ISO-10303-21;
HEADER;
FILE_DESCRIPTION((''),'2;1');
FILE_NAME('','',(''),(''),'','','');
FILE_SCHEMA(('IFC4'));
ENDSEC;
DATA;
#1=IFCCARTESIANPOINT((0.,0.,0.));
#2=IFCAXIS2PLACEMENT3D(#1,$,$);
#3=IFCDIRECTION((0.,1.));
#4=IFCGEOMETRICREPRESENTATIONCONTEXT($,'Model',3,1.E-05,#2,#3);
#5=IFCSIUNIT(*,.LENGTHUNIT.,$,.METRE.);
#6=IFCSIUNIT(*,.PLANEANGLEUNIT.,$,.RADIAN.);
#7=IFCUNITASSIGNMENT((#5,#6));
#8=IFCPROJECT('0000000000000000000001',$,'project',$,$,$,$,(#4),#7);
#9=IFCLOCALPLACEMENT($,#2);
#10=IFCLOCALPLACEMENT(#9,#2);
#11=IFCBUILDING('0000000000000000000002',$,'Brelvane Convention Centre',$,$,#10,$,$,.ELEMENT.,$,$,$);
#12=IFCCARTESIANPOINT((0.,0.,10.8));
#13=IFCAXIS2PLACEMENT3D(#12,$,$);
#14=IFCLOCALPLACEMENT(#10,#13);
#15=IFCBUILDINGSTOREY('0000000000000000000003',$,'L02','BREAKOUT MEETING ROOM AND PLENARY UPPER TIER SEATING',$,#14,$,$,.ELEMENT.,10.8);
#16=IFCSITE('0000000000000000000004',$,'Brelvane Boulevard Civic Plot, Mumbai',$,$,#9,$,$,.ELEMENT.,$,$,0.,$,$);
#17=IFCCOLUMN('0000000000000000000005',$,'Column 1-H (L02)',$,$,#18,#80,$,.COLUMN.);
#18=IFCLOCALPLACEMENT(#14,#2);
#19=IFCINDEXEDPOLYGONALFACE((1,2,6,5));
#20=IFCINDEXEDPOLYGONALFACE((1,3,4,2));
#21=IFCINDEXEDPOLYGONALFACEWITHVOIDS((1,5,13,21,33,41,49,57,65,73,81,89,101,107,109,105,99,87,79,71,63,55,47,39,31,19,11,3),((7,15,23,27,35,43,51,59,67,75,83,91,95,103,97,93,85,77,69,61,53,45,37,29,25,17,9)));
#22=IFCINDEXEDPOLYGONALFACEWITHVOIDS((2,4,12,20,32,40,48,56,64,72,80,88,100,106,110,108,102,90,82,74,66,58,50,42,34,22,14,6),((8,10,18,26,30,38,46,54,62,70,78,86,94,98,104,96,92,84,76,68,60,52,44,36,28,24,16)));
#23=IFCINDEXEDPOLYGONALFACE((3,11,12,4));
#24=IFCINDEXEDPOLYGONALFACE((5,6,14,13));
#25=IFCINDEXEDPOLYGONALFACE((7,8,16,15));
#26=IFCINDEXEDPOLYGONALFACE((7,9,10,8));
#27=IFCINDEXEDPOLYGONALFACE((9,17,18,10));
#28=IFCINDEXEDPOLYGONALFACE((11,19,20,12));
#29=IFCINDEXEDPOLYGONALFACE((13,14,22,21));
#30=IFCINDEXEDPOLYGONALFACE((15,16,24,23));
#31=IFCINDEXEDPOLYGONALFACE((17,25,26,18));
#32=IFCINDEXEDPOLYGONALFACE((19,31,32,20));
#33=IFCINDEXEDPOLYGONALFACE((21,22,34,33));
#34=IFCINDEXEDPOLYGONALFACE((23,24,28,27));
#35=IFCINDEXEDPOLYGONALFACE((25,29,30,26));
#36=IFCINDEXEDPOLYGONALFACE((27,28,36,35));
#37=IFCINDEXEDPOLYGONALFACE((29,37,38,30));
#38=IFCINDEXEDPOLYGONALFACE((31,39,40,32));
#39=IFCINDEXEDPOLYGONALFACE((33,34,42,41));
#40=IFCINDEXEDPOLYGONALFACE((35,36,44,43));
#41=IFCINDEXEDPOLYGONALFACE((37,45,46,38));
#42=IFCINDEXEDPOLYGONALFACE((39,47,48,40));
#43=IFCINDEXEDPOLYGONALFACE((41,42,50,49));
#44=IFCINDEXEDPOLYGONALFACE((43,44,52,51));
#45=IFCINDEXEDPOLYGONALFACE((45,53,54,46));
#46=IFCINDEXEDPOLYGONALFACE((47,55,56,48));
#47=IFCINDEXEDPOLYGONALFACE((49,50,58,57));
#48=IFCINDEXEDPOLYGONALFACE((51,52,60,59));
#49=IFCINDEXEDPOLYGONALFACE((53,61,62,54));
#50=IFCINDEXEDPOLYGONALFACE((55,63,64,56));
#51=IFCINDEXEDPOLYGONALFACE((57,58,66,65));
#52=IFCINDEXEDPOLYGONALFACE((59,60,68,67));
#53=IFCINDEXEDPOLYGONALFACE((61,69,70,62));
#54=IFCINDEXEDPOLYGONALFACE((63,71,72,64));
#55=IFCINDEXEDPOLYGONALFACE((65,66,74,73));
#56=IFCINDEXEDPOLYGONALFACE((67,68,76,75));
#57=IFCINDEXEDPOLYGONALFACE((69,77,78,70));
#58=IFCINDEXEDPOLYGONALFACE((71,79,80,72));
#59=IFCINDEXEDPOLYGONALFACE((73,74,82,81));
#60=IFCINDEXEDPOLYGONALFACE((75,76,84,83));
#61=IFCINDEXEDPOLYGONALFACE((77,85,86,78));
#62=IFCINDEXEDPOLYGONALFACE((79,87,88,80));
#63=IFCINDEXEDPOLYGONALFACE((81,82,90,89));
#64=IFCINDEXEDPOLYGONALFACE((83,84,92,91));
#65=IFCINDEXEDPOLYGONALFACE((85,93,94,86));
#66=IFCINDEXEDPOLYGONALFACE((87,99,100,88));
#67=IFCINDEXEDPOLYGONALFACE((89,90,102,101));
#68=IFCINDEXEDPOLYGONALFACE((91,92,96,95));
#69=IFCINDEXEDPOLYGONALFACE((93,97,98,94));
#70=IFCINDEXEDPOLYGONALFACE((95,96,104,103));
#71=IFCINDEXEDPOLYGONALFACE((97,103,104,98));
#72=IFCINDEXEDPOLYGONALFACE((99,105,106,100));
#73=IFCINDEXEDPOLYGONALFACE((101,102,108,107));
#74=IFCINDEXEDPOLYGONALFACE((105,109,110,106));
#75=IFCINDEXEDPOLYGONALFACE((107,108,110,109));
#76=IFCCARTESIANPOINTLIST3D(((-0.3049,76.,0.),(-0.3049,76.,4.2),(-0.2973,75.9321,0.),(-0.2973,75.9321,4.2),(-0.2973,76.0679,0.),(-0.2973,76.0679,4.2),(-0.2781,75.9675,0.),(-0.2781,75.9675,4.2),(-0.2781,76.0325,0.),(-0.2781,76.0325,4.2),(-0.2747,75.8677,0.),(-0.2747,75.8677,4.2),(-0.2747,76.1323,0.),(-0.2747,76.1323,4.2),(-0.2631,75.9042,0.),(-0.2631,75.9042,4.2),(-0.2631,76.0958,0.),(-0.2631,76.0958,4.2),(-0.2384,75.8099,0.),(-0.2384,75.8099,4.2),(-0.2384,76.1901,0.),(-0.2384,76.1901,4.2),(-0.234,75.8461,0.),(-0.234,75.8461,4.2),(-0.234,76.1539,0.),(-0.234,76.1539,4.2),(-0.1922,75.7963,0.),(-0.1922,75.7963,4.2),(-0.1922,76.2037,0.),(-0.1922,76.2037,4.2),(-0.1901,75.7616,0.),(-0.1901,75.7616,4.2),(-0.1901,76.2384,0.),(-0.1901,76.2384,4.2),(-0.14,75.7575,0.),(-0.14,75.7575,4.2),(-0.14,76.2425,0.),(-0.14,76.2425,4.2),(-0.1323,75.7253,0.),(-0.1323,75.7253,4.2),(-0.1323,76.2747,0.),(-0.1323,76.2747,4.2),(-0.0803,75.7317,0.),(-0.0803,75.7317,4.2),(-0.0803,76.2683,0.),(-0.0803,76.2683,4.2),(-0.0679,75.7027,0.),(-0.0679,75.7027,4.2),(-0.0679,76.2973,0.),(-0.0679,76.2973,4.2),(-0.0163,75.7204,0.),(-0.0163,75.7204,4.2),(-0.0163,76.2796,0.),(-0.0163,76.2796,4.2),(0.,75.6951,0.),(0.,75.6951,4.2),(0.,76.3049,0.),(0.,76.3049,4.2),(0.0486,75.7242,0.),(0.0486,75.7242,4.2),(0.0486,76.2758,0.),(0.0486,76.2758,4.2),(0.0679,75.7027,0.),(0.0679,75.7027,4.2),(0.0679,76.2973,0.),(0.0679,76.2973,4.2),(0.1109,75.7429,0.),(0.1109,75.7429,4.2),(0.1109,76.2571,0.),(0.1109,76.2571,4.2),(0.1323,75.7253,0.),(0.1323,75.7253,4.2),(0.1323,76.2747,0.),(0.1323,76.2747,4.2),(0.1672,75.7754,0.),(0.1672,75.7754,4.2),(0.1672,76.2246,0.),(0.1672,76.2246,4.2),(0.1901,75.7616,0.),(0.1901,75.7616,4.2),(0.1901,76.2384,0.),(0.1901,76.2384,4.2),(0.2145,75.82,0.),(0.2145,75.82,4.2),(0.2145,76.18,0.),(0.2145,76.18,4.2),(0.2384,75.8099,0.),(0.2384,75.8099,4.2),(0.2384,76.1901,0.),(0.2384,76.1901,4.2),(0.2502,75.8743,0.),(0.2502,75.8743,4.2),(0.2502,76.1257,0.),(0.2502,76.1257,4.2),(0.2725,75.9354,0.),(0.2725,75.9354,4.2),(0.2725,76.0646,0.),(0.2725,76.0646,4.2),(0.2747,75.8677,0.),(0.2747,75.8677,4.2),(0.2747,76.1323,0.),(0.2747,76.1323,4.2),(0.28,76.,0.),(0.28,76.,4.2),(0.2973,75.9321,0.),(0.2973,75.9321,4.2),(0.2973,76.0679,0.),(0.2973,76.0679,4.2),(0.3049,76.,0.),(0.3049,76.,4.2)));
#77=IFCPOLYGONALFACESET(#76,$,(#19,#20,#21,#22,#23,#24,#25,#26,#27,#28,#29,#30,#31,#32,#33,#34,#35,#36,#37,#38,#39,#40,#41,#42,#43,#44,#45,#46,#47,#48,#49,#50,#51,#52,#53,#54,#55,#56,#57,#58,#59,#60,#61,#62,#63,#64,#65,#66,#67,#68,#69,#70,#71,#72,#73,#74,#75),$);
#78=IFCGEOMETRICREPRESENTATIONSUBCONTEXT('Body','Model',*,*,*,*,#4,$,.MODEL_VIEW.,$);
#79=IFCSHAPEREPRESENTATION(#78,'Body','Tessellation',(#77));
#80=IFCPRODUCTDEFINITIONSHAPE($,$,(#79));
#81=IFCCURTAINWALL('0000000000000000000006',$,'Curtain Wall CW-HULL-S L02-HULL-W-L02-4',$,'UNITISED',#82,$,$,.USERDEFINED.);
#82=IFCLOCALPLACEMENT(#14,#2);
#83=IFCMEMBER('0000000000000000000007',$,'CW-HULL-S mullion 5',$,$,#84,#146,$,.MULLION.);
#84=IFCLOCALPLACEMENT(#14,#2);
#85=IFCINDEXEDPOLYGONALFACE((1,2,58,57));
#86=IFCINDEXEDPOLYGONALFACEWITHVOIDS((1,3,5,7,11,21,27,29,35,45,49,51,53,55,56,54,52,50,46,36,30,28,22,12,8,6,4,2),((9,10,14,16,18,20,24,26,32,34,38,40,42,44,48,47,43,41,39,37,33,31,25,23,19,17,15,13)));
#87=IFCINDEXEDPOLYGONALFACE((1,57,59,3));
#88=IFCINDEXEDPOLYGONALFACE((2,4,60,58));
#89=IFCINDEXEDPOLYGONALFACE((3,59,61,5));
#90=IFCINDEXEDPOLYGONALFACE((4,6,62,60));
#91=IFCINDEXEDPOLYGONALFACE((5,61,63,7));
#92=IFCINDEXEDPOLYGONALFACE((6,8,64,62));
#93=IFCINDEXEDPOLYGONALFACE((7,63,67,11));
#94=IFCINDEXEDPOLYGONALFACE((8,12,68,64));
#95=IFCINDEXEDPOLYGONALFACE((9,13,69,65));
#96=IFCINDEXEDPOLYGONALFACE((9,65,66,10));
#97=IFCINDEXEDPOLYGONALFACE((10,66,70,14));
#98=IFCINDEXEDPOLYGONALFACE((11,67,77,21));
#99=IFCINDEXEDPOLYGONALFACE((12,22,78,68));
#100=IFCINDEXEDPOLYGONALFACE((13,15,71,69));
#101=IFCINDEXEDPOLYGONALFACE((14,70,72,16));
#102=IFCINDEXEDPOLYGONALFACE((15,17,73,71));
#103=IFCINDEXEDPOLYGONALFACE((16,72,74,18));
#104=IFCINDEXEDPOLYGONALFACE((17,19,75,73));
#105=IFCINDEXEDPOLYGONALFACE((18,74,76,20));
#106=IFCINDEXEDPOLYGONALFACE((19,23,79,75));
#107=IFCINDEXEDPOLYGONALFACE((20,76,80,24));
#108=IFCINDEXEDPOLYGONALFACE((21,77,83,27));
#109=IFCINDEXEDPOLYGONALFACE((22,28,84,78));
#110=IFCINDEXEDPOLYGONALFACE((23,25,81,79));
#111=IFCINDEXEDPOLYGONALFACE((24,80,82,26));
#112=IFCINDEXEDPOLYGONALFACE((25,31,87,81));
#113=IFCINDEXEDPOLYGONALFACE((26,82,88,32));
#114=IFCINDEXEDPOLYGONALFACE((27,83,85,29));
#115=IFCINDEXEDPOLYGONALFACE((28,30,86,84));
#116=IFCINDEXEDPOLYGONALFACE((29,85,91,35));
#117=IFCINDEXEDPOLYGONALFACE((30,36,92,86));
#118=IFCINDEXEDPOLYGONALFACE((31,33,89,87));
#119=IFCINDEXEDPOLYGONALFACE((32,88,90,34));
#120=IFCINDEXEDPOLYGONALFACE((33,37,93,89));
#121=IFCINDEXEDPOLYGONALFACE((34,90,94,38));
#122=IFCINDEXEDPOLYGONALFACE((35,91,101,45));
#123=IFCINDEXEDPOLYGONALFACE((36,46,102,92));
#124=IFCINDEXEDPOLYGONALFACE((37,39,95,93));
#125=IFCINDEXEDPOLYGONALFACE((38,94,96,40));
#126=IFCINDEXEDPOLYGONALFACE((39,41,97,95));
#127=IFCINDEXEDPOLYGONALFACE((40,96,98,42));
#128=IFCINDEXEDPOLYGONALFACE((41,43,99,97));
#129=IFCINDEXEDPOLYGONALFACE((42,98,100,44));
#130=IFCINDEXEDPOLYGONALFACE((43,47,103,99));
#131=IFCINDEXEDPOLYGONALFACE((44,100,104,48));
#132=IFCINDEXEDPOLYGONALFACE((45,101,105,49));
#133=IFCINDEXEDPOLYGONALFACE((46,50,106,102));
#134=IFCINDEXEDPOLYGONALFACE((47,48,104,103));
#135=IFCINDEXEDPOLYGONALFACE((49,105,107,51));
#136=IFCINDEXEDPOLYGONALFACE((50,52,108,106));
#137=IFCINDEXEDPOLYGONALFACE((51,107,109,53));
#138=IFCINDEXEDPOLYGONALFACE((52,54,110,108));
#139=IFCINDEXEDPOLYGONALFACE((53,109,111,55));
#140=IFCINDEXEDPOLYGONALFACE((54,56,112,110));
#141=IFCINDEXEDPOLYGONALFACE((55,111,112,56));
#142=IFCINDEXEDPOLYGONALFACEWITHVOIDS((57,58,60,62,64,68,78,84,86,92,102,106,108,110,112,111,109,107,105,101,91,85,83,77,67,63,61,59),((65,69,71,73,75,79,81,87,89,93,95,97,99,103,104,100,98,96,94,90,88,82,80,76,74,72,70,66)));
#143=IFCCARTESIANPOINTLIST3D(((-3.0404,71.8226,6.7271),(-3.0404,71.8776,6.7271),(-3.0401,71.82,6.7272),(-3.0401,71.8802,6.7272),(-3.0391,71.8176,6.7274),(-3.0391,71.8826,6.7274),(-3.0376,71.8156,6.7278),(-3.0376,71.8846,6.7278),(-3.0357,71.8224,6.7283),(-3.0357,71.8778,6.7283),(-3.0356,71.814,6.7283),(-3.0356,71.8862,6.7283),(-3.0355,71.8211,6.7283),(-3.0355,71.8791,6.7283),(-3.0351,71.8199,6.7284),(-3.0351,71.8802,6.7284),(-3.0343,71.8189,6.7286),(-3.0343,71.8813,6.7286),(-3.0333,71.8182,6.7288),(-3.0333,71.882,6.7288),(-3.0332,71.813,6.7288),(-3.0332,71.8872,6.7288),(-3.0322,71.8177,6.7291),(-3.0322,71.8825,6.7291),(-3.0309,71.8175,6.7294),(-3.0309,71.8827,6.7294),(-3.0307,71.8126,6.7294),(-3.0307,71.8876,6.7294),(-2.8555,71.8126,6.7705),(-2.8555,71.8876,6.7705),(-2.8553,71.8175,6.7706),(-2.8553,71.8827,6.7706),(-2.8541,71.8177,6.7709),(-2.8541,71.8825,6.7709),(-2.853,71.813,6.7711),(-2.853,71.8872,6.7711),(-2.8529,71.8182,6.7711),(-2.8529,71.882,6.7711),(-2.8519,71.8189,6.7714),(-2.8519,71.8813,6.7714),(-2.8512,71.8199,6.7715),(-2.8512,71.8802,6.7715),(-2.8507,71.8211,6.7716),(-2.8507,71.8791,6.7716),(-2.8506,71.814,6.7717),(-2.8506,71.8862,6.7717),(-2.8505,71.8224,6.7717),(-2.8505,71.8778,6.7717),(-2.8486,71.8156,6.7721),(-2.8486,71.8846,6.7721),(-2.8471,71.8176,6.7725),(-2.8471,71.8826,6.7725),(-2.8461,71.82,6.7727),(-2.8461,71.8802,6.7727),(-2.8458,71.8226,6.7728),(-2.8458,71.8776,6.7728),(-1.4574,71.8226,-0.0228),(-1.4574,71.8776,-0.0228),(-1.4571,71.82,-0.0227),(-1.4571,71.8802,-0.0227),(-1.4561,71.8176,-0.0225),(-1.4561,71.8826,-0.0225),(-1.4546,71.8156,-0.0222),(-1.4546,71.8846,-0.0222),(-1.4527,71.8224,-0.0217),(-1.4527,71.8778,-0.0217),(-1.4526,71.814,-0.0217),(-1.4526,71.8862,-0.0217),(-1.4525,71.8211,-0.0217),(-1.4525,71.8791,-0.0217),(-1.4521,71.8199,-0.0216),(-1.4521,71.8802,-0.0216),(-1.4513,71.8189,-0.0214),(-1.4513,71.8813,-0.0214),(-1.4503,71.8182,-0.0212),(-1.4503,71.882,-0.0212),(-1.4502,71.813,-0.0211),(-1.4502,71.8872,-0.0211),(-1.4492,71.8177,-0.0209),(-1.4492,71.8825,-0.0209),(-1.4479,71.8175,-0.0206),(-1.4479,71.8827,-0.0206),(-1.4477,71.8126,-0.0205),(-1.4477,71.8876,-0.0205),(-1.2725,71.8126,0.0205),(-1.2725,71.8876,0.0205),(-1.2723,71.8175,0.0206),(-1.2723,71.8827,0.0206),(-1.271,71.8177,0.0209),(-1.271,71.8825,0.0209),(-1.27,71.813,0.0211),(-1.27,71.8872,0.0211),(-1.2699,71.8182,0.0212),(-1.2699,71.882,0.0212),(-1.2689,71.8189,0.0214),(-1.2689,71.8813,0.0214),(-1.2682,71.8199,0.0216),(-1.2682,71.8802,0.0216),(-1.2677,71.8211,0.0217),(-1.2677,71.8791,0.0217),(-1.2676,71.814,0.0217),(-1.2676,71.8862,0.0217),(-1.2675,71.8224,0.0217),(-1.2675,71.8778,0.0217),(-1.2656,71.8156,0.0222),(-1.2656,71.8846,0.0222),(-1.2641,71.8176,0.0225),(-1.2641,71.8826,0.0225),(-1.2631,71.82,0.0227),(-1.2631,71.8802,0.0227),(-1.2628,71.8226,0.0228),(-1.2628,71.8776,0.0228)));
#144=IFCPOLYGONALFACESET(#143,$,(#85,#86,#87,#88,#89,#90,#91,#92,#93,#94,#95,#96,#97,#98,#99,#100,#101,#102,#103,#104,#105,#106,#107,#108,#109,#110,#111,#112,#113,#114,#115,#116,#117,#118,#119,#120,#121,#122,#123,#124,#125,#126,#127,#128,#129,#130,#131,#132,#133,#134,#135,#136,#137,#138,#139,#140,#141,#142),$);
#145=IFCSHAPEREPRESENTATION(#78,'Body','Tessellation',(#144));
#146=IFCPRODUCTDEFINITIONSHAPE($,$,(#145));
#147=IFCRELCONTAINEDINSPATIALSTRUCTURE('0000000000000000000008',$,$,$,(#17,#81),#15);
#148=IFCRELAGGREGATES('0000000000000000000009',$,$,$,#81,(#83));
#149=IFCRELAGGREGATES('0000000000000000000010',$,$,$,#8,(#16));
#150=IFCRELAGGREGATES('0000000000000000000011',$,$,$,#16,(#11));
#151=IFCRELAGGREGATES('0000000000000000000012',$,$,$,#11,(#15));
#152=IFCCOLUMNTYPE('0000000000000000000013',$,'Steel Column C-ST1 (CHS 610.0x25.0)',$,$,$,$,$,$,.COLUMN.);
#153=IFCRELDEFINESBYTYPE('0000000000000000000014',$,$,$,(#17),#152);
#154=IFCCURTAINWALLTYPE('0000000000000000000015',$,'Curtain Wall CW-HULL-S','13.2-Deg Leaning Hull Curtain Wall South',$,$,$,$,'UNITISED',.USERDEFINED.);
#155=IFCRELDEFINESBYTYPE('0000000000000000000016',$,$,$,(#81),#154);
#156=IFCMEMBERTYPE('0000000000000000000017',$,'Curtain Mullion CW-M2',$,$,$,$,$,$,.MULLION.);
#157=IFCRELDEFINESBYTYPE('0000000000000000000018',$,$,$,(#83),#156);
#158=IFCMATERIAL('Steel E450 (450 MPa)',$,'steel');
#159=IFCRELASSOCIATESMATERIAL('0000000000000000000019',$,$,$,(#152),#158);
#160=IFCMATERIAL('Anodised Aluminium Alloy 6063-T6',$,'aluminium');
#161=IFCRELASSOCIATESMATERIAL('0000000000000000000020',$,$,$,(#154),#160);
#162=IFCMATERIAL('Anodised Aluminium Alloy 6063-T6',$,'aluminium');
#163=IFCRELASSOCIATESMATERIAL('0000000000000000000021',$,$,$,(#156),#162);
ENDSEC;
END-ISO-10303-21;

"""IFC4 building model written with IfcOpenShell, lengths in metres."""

from ifc_helpers import new_model, si_unit, direction, frame, origin, origin_2d, place, context, subcontext, project, spatial, hollow_rectangle, hollow_circle, extrude, material, material_profile, profile_set, type_object, element, aggregate, save


model = new_model("IFC4")

# Units and contexts
model_context = context("Model", 3, precision=1e-05, world=origin(), true_north=direction((0.0, 1.0)))
body_context = subcontext(model_context, "Body", "Model", "MODEL_VIEW")
ifc_project = project(units=[si_unit("LENGTHUNIT", "METRE"), si_unit("PLANEANGLEUNIT", "RADIAN")], contexts=[model_context])

# Site, building, storey
site_placement = place(None, origin())
site = spatial("IfcSite", under=ifc_project, at=site_placement, Name="Brelvane Boulevard Civic Plot, Mumbai", CompositionType="ELEMENT", RefElevation=0.0)
building_placement = place(site_placement, origin())
building = spatial("IfcBuilding", under=site, at=building_placement, Name="Brelvane Convention Centre", CompositionType="ELEMENT")
storey_placement = place(building_placement, frame((0.0, 0.0, 10.8)))
storey = spatial("IfcBuildingStorey", under=building, at=storey_placement, Name="L02", Description="BREAKOUT MEETING ROOM AND PLENARY UPPER TIER SEATING", CompositionType="ELEMENT", Elevation=10.8)

# Column
ifc_material_1 = material(Name="Steel E450 (450 MPa)", Category="steel")
ifc_material_profile_1 = material_profile(ifc_material_1, hollow_circle(Radius=0.3049, WallThickness=0.0249, at=origin_2d()), Name="CHS 610.0x25.0")
ifc_profile_set_1 = profile_set([ifc_material_profile_1], Name="Steel E450 (450 MPa)")
column_type = type_object("IfcColumnType", Name="Steel Column C-ST1 (CHS 610.0x25.0)", PredefinedType="COLUMN", material=ifc_profile_set_1)
column_placement = place(storey_placement, frame((0.0, 76.0, 0.0), z_axis=(0.0, 0.0, 1.0), x_axis=(1.0, 0.0, 0.0)))
element("IfcColumn", 1, at=column_placement, inside=storey, type_object=column_type, Name="Column 1-H (L02)", PredefinedType="COLUMN", context=body_context, shape_type="SweptSolid", body=[
    extrude(hollow_circle(Radius=0.3049, WallThickness=0.0249, at=origin_2d()), origin(), (0.0, 0.0, 1.0), 4.2),
])

# Curtain wall, member
ifc_material_2 = material(Name="Anodised Aluminium Alloy 6063-T6", Category="aluminium")
curtain_wall_type = type_object("IfcCurtainWallType", Name="Curtain Wall CW-HULL-S", Description="13.2-Deg Leaning Hull Curtain Wall South", ElementType="UNITISED", PredefinedType="USERDEFINED", material=ifc_material_2)
curtain_wall_1_placement = place(storey_placement, origin())
curtain_wall_1 = element("IfcCurtainWall", 2, at=curtain_wall_1_placement, inside=storey, type_object=curtain_wall_type, Name="Curtain Wall CW-HULL-S L02-HULL-W-L02-4", ObjectType="UNITISED", PredefinedType="USERDEFINED")
ifc_material_3 = material(Name="Anodised Aluminium Alloy 6063-T6", Category="aluminium")
ifc_material_profile_2 = material_profile(ifc_material_3, hollow_rectangle(XDim=0.075, YDim=0.2, WallThickness=0.0049, InnerFilletRadius=0.0049, OuterFilletRadius=0.01, at=origin_2d()), Name="ALU-M 200x75x5.0")
ifc_profile_set_2 = profile_set([ifc_material_profile_2], Name="Anodised Aluminium Alloy 6063-T6")
member_type_1 = type_object("IfcMemberType", Name="Curtain Mullion CW-M2", PredefinedType="MULLION", material=ifc_profile_set_2)
member_1_placement = place(storey_placement, frame((-1.3601, 71.8501, 0.0), z_axis=(-0.228325, 0.0, 0.973585), x_axis=(0.0, -1.0, 0.0)))
member_1 = element("IfcMember", 3, at=member_1_placement, type_object=member_type_1, Name="CW-HULL-S mullion 5", PredefinedType="MULLION", context=body_context, shape_type="SweptSolid", body=[
    extrude(hollow_rectangle(XDim=0.075, YDim=0.2, WallThickness=0.0049, InnerFilletRadius=0.0049, OuterFilletRadius=0.01, at=origin_2d()), origin(), (0.0, 0.0, 1.0), 6.9331),
])

aggregate(curtain_wall_1, [member_1])

save(model, "model.ifc")
